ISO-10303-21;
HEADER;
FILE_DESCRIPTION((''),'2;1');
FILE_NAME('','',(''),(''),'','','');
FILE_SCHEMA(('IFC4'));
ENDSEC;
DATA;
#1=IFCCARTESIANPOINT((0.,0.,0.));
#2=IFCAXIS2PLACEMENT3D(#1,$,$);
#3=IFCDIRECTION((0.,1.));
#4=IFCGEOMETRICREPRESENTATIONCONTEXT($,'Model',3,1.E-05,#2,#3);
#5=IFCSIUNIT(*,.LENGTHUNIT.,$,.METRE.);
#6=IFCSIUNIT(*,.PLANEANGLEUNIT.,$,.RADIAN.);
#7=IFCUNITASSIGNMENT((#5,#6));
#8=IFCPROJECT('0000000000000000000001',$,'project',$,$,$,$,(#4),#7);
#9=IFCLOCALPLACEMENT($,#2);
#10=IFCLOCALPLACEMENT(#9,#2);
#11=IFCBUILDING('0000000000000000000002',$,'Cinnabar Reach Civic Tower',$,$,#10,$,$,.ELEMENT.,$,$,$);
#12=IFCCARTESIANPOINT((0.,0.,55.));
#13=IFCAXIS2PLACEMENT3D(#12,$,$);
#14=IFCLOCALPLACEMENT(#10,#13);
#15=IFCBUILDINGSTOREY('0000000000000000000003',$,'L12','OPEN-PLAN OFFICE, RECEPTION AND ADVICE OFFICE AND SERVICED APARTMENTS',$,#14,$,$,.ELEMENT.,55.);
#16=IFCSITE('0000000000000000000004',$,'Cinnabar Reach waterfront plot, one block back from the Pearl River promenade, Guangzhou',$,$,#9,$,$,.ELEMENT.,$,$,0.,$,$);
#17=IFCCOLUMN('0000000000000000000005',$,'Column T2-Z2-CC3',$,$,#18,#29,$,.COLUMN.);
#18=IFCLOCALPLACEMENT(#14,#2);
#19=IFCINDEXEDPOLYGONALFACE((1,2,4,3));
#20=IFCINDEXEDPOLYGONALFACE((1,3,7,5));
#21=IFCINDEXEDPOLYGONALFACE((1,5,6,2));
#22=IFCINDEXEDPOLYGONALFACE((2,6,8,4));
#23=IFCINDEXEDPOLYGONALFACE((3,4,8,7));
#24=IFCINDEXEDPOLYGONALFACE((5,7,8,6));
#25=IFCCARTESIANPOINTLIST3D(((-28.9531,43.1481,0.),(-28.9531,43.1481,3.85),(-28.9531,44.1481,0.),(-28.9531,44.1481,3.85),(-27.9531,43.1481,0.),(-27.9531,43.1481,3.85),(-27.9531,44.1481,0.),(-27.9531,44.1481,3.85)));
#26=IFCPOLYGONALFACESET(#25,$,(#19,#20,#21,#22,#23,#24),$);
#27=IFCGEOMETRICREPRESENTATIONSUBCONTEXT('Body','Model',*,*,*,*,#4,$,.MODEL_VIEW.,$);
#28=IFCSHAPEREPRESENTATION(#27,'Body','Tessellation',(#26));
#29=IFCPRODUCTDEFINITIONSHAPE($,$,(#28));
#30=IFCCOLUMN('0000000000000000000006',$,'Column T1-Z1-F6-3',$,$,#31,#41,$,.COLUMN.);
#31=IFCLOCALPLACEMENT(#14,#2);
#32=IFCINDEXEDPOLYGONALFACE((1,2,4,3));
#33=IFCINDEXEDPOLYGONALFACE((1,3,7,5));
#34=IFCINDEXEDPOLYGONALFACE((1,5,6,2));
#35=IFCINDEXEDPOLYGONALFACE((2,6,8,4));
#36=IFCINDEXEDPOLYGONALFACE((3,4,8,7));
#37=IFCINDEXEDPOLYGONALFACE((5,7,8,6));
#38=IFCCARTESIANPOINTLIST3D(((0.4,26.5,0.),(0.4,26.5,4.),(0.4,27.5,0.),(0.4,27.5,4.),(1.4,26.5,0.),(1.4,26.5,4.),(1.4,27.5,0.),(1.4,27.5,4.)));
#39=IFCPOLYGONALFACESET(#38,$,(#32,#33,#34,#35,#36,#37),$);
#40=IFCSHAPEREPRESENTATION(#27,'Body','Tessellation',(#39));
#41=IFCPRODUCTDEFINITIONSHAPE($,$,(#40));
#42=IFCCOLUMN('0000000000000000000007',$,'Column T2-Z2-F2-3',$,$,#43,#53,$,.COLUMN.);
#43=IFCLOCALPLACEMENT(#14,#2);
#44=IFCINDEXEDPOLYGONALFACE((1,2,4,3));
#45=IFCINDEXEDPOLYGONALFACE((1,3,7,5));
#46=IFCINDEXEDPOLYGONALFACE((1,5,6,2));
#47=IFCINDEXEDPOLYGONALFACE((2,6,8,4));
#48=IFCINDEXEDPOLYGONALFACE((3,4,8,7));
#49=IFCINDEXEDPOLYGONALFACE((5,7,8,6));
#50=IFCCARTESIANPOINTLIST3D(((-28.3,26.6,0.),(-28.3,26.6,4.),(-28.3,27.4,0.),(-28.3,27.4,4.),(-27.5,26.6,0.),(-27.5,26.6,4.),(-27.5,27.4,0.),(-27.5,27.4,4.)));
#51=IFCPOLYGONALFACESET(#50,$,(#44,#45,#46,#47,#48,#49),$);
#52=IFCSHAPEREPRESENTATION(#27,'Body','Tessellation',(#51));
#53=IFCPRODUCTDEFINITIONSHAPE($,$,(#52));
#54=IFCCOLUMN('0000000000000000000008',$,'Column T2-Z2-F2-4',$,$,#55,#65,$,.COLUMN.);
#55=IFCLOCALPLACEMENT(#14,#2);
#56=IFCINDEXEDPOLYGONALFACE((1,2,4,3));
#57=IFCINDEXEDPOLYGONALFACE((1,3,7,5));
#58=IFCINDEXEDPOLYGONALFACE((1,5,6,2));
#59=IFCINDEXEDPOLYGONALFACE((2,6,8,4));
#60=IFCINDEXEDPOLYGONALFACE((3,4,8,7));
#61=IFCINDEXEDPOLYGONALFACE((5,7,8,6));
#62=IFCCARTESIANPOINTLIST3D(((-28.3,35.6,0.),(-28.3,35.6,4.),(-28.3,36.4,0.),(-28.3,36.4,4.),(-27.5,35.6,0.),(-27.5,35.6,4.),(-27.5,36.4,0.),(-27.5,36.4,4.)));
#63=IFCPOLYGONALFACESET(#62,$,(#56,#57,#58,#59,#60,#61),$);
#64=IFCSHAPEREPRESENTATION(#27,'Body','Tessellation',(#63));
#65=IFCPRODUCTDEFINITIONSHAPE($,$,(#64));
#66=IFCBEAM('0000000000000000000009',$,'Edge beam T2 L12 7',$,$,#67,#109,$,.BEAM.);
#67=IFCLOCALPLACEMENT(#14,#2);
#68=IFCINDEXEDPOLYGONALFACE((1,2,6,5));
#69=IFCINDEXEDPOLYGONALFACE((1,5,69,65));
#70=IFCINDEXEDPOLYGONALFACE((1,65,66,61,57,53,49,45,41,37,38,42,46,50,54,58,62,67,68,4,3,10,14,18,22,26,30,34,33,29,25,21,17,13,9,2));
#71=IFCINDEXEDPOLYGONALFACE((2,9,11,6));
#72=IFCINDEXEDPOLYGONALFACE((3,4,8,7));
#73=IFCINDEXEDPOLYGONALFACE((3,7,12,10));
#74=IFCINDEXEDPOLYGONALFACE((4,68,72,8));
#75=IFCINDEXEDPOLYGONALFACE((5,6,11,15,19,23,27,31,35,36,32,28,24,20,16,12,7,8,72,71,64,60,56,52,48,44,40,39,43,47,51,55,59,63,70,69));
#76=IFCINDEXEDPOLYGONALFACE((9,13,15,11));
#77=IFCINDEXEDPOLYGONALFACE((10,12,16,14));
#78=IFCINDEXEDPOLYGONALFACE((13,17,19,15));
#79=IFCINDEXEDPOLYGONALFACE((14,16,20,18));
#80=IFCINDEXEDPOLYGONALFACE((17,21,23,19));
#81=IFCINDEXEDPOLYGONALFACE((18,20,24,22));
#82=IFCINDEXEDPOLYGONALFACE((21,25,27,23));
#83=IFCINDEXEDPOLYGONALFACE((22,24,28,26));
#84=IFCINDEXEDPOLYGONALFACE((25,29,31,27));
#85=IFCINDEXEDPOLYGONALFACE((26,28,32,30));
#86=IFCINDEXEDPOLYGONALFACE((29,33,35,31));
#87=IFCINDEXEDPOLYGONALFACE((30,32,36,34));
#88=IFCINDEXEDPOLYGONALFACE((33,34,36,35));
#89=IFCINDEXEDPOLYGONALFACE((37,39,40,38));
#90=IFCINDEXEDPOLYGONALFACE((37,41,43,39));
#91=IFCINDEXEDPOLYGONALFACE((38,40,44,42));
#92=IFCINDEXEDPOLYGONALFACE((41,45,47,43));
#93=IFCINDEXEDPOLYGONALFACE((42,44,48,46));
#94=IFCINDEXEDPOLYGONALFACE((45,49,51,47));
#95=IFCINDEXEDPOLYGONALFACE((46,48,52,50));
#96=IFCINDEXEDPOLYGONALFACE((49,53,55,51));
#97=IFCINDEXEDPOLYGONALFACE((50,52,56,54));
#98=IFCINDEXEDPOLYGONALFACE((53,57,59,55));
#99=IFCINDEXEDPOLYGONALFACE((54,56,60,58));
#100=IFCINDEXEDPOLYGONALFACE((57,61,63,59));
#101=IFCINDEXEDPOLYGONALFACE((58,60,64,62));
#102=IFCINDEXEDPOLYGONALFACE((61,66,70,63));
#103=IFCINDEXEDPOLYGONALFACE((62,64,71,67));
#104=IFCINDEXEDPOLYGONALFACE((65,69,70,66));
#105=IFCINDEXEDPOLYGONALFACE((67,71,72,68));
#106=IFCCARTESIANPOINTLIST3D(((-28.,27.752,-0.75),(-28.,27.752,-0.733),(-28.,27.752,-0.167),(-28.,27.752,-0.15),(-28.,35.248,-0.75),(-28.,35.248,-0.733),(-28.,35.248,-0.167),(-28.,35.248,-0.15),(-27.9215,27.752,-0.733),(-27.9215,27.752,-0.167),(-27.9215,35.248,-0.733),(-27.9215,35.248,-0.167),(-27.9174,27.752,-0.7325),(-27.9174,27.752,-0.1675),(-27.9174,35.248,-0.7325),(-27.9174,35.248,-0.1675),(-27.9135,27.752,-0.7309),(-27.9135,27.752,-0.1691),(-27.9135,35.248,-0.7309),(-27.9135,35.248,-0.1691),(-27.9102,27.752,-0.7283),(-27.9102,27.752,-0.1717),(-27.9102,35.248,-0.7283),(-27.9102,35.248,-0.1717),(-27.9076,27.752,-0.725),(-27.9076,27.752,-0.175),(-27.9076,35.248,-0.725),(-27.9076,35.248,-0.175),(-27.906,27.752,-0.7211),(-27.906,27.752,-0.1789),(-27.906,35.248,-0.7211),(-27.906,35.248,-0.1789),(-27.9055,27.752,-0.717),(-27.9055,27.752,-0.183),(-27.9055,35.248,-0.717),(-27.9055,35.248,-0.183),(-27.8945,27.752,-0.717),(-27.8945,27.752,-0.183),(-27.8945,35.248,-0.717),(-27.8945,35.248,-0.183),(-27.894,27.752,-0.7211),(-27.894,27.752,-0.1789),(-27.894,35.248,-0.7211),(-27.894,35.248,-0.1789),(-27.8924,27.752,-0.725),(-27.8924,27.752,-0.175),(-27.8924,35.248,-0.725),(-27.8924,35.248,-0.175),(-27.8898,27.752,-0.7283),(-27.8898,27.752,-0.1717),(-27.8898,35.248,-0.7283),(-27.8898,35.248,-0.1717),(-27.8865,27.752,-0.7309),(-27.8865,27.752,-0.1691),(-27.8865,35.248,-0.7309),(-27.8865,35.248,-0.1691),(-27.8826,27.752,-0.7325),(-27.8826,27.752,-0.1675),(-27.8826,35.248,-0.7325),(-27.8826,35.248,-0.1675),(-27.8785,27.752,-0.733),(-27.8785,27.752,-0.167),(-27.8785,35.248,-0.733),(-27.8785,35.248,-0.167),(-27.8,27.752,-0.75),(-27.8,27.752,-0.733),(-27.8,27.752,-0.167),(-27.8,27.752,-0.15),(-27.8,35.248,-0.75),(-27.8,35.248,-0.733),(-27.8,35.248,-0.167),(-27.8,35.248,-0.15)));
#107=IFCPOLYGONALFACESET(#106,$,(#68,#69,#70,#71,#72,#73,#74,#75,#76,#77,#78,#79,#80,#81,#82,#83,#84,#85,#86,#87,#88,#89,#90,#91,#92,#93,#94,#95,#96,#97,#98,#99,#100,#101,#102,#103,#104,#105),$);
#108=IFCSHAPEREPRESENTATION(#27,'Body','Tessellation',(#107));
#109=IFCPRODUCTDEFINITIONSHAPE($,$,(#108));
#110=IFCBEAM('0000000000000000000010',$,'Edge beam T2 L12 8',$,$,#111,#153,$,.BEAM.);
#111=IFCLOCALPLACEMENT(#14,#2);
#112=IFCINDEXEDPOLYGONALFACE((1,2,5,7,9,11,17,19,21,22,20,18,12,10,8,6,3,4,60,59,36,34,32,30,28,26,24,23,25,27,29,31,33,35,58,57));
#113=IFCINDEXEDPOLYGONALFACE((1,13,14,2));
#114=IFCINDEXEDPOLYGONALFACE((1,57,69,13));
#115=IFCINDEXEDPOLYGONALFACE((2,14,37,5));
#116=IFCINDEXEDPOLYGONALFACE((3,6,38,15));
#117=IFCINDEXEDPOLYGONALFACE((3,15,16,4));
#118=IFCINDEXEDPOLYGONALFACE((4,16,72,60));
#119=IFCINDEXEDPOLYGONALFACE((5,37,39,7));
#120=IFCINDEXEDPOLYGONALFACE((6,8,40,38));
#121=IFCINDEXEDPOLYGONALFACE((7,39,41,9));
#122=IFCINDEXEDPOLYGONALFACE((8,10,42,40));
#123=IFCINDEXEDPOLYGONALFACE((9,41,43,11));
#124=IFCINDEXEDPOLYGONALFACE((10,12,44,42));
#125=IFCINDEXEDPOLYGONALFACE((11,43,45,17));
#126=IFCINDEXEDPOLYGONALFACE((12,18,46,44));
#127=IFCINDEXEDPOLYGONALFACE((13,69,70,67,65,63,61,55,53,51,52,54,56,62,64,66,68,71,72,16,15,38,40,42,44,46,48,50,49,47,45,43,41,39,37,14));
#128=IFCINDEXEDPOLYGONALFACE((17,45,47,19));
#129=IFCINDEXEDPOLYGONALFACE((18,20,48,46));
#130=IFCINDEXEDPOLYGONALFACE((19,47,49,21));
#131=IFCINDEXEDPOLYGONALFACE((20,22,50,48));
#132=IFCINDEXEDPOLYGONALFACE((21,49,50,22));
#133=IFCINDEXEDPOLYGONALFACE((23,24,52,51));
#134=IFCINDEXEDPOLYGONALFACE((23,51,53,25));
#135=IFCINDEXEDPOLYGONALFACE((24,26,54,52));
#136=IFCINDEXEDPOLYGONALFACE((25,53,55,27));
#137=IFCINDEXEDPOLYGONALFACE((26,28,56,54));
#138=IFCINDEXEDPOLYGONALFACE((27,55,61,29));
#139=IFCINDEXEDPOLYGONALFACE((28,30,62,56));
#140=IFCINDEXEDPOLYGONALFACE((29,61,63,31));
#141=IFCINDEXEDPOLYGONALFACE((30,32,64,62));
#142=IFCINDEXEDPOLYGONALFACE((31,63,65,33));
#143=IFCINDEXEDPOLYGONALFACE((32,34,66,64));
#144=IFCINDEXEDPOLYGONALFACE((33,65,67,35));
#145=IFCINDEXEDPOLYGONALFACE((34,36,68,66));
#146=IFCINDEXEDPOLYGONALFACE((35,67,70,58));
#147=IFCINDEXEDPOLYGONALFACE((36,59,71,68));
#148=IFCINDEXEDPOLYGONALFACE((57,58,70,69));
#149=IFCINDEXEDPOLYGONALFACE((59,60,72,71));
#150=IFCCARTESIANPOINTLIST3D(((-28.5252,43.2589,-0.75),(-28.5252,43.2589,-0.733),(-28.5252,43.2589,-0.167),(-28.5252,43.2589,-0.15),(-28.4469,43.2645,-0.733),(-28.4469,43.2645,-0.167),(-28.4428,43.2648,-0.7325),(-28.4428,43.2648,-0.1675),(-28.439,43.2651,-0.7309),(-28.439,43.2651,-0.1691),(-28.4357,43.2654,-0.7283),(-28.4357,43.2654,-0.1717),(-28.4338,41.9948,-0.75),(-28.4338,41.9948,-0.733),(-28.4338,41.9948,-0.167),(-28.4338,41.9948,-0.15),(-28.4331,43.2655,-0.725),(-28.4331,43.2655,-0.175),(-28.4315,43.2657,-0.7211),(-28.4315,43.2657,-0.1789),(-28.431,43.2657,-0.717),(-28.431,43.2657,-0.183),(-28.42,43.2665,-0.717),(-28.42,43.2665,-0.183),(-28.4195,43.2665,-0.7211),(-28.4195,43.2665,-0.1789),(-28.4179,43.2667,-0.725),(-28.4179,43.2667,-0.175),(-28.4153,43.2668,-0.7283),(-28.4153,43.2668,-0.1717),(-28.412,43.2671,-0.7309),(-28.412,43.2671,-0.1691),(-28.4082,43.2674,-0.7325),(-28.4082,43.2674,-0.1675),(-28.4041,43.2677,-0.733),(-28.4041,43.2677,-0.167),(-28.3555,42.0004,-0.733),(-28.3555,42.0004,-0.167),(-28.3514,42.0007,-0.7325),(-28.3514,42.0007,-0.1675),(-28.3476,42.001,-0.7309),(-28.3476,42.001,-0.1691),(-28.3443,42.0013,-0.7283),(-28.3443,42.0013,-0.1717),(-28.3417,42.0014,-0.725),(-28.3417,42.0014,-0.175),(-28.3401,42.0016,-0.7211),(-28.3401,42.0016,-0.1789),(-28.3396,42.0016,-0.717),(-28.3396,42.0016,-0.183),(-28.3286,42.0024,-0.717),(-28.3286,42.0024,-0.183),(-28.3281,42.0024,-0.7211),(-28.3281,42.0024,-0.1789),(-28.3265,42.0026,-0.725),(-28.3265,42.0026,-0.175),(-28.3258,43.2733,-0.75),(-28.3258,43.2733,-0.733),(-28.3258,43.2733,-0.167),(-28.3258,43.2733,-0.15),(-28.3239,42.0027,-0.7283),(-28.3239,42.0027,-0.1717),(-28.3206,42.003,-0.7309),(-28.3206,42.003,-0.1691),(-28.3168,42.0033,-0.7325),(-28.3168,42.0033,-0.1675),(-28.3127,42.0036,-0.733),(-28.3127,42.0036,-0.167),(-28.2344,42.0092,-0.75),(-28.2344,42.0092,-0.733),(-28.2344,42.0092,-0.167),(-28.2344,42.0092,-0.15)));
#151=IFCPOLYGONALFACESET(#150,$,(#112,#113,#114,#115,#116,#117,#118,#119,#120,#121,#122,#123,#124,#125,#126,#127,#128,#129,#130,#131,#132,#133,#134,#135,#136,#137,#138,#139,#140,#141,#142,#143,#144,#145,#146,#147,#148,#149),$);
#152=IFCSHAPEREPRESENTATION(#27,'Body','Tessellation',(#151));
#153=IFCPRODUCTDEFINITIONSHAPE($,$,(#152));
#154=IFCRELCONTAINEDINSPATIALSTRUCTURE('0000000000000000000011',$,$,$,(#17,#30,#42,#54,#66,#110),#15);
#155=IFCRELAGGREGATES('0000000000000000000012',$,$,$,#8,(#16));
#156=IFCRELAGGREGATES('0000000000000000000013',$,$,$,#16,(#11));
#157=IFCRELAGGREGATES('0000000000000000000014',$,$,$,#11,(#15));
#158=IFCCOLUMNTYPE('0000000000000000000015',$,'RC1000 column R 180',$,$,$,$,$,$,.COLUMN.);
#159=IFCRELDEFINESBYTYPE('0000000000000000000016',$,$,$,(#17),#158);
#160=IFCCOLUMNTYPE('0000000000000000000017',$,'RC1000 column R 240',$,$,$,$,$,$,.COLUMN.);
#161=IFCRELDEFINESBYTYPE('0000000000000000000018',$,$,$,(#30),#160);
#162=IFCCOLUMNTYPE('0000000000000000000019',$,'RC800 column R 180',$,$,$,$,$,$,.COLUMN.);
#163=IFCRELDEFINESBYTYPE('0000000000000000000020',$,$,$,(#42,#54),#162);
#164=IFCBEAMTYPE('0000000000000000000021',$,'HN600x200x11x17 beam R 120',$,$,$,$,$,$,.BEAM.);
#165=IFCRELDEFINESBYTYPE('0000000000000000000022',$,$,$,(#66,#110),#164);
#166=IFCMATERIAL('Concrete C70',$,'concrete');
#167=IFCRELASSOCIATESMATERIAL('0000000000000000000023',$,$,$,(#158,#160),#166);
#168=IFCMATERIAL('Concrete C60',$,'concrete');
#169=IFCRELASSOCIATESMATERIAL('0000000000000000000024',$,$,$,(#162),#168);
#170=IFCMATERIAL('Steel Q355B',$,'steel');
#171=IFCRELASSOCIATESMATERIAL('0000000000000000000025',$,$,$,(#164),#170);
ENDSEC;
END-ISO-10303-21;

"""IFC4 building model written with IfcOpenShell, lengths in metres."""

from ifc_helpers import new_model, si_unit, direction, frame, origin, origin_2d, place, context, subcontext, project, spatial, rectangle, i_section, extrude, material, material_profile, profile_set, type_object, element, save


model = new_model("IFC4")

# Units and contexts
model_context = context("Model", 3, precision=1e-05, world=origin(), true_north=direction((0.0, 1.0)))
body_context = subcontext(model_context, "Body", "Model", "MODEL_VIEW")
ifc_project = project(units=[si_unit("LENGTHUNIT", "METRE"), si_unit("PLANEANGLEUNIT", "RADIAN")], contexts=[model_context])

# Site, building, storey
site_placement = place(None, origin())
site = spatial("IfcSite", under=ifc_project, at=site_placement, Name="Cinnabar Reach waterfront plot, one block back from the Pearl River promenade, Guangzhou", CompositionType="ELEMENT", RefElevation=0.0)
building_placement = place(site_placement, origin())
building = spatial("IfcBuilding", under=site, at=building_placement, Name="Cinnabar Reach Civic Tower", CompositionType="ELEMENT")
storey_placement = place(building_placement, frame((0.0, 0.0, 55.0)))
storey = spatial("IfcBuildingStorey", under=building, at=storey_placement, Name="L12", Description="OPEN-PLAN OFFICE, RECEPTION AND ADVICE OFFICE AND SERVICED APARTMENTS", CompositionType="ELEMENT", Elevation=55.0)

# Columns
ifc_material_1 = material(Name="Concrete C70", Category="concrete")
ifc_material_profile_1 = material_profile(ifc_material_1, rectangle(XDim=1.0, YDim=1.0, at=origin_2d()), Name="RC1000")
ifc_profile_set_1 = profile_set([ifc_material_profile_1], Name="Concrete C70")
column_type_1 = type_object("IfcColumnType", Name="RC1000 column R 180", PredefinedType="COLUMN", material=ifc_profile_set_1)
column_1_placement = place(storey_placement, frame((-28.4531, 43.6481, 0.0), z_axis=(0.0, 0.0, 1.0), x_axis=(1.0, 0.0, 0.0)))
element("IfcColumn", 1, at=column_1_placement, inside=storey, type_object=column_type_1, Name="Column T2-Z2-CC3", PredefinedType="COLUMN", context=body_context, shape_type="SweptSolid", body=[
    extrude(rectangle(XDim=1.0, YDim=1.0, at=origin_2d()), origin(), (0.0, 0.0, 1.0), 3.85),
])
ifc_material_profile_2 = material_profile(ifc_material_1, rectangle(XDim=1.0, YDim=1.0, at=origin_2d()), Name="RC1000")
ifc_profile_set_2 = profile_set([ifc_material_profile_2], Name="Concrete C70")
column_type_2 = type_object("IfcColumnType", Name="RC1000 column R 240", PredefinedType="COLUMN", material=ifc_profile_set_2)
column_2_placement = place(storey_placement, frame((0.9, 27.0, 0.0), z_axis=(0.0, 0.0, 1.0), x_axis=(1.0, 0.0, 0.0)))
element("IfcColumn", 2, at=column_2_placement, inside=storey, type_object=column_type_2, Name="Column T1-Z1-F6-3", PredefinedType="COLUMN", context=body_context, shape_type="SweptSolid", body=[
    extrude(rectangle(XDim=1.0, YDim=1.0, at=origin_2d()), origin(), (0.0, 0.0, 1.0), 4.0),
])
ifc_material_2 = material(Name="Concrete C60", Category="concrete")
ifc_material_profile_3 = material_profile(ifc_material_2, rectangle(XDim=0.8, YDim=0.8, at=origin_2d()), Name="RC800")
ifc_profile_set_3 = profile_set([ifc_material_profile_3], Name="Concrete C60")
column_type_3 = type_object("IfcColumnType", Name="RC800 column R 180", PredefinedType="COLUMN", material=ifc_profile_set_3)
for number, where, z_axis, x_axis, name in (
    (3, (-27.9, 27.0, 0.0), (0.0, 0.0, 1.0), (1.0, 0.0, 0.0), "Column T2-Z2-F2-3"),
    (4, (-27.9, 36.0, 0.0), (0.0, 0.0, 1.0), (1.0, 0.0, 0.0), "Column T2-Z2-F2-4"),
):
    element("IfcColumn", number, at=place(storey_placement, frame(where, z_axis=z_axis, x_axis=x_axis)), inside=storey, type_object=column_type_3, Name=name, PredefinedType="COLUMN", context=body_context, shape_type="SweptSolid", body=[
        extrude(rectangle(XDim=0.8, YDim=0.8, at=origin_2d()), origin(), (0.0, 0.0, 1.0), 4.0),
    ])

# Beams
ifc_material_3 = material(Name="Steel Q355B", Category="steel")
ifc_material_profile_4 = material_profile(ifc_material_3, i_section(OverallWidth=0.2, OverallDepth=0.6, WebThickness=0.011, FlangeThickness=0.017, FilletRadius=0.016, at=origin_2d()), Name="HN600x200x11x17")
ifc_profile_set_4 = profile_set([ifc_material_profile_4], Name="Steel Q355B")
beam_type = type_object("IfcBeamType", Name="HN600x200x11x17 beam R 120", PredefinedType="BEAM", material=ifc_profile_set_4)
beam_1_placement = place(storey_placement, frame((-27.9, 27.752, -0.45), z_axis=(0.0, 1.0, 0.0), x_axis=(-1.0, 0.0, 0.0)))
element("IfcBeam", 5, at=beam_1_placement, inside=storey, type_object=beam_type, Name="Edge beam T2 L12 7", PredefinedType="BEAM", context=body_context, shape_type="SweptSolid", body=[
    extrude(i_section(OverallWidth=0.2, OverallDepth=0.6, WebThickness=0.011, FlangeThickness=0.017, FilletRadius=0.016, at=origin_2d()), origin(), (0.0, 0.0, 1.0), 7.496),
])
beam_2_placement = place(storey_placement, frame((-28.3341, 42.002, -0.45), z_axis=(-0.072116, 0.997396, 0.0), x_axis=(-0.997396, -0.072116, 0.0)))
element("IfcBeam", 6, at=beam_2_placement, inside=storey, type_object=beam_type, Name="Edge beam T2 L12 8", PredefinedType="BEAM", context=body_context, shape_type="SweptSolid", body=[
    extrude(i_section(OverallWidth=0.2, OverallDepth=0.6, WebThickness=0.011, FlangeThickness=0.017, FilletRadius=0.016, at=origin_2d()), origin(), (0.0, 0.0, 1.0), 1.2674),
])

save(model, "model.ifc")
